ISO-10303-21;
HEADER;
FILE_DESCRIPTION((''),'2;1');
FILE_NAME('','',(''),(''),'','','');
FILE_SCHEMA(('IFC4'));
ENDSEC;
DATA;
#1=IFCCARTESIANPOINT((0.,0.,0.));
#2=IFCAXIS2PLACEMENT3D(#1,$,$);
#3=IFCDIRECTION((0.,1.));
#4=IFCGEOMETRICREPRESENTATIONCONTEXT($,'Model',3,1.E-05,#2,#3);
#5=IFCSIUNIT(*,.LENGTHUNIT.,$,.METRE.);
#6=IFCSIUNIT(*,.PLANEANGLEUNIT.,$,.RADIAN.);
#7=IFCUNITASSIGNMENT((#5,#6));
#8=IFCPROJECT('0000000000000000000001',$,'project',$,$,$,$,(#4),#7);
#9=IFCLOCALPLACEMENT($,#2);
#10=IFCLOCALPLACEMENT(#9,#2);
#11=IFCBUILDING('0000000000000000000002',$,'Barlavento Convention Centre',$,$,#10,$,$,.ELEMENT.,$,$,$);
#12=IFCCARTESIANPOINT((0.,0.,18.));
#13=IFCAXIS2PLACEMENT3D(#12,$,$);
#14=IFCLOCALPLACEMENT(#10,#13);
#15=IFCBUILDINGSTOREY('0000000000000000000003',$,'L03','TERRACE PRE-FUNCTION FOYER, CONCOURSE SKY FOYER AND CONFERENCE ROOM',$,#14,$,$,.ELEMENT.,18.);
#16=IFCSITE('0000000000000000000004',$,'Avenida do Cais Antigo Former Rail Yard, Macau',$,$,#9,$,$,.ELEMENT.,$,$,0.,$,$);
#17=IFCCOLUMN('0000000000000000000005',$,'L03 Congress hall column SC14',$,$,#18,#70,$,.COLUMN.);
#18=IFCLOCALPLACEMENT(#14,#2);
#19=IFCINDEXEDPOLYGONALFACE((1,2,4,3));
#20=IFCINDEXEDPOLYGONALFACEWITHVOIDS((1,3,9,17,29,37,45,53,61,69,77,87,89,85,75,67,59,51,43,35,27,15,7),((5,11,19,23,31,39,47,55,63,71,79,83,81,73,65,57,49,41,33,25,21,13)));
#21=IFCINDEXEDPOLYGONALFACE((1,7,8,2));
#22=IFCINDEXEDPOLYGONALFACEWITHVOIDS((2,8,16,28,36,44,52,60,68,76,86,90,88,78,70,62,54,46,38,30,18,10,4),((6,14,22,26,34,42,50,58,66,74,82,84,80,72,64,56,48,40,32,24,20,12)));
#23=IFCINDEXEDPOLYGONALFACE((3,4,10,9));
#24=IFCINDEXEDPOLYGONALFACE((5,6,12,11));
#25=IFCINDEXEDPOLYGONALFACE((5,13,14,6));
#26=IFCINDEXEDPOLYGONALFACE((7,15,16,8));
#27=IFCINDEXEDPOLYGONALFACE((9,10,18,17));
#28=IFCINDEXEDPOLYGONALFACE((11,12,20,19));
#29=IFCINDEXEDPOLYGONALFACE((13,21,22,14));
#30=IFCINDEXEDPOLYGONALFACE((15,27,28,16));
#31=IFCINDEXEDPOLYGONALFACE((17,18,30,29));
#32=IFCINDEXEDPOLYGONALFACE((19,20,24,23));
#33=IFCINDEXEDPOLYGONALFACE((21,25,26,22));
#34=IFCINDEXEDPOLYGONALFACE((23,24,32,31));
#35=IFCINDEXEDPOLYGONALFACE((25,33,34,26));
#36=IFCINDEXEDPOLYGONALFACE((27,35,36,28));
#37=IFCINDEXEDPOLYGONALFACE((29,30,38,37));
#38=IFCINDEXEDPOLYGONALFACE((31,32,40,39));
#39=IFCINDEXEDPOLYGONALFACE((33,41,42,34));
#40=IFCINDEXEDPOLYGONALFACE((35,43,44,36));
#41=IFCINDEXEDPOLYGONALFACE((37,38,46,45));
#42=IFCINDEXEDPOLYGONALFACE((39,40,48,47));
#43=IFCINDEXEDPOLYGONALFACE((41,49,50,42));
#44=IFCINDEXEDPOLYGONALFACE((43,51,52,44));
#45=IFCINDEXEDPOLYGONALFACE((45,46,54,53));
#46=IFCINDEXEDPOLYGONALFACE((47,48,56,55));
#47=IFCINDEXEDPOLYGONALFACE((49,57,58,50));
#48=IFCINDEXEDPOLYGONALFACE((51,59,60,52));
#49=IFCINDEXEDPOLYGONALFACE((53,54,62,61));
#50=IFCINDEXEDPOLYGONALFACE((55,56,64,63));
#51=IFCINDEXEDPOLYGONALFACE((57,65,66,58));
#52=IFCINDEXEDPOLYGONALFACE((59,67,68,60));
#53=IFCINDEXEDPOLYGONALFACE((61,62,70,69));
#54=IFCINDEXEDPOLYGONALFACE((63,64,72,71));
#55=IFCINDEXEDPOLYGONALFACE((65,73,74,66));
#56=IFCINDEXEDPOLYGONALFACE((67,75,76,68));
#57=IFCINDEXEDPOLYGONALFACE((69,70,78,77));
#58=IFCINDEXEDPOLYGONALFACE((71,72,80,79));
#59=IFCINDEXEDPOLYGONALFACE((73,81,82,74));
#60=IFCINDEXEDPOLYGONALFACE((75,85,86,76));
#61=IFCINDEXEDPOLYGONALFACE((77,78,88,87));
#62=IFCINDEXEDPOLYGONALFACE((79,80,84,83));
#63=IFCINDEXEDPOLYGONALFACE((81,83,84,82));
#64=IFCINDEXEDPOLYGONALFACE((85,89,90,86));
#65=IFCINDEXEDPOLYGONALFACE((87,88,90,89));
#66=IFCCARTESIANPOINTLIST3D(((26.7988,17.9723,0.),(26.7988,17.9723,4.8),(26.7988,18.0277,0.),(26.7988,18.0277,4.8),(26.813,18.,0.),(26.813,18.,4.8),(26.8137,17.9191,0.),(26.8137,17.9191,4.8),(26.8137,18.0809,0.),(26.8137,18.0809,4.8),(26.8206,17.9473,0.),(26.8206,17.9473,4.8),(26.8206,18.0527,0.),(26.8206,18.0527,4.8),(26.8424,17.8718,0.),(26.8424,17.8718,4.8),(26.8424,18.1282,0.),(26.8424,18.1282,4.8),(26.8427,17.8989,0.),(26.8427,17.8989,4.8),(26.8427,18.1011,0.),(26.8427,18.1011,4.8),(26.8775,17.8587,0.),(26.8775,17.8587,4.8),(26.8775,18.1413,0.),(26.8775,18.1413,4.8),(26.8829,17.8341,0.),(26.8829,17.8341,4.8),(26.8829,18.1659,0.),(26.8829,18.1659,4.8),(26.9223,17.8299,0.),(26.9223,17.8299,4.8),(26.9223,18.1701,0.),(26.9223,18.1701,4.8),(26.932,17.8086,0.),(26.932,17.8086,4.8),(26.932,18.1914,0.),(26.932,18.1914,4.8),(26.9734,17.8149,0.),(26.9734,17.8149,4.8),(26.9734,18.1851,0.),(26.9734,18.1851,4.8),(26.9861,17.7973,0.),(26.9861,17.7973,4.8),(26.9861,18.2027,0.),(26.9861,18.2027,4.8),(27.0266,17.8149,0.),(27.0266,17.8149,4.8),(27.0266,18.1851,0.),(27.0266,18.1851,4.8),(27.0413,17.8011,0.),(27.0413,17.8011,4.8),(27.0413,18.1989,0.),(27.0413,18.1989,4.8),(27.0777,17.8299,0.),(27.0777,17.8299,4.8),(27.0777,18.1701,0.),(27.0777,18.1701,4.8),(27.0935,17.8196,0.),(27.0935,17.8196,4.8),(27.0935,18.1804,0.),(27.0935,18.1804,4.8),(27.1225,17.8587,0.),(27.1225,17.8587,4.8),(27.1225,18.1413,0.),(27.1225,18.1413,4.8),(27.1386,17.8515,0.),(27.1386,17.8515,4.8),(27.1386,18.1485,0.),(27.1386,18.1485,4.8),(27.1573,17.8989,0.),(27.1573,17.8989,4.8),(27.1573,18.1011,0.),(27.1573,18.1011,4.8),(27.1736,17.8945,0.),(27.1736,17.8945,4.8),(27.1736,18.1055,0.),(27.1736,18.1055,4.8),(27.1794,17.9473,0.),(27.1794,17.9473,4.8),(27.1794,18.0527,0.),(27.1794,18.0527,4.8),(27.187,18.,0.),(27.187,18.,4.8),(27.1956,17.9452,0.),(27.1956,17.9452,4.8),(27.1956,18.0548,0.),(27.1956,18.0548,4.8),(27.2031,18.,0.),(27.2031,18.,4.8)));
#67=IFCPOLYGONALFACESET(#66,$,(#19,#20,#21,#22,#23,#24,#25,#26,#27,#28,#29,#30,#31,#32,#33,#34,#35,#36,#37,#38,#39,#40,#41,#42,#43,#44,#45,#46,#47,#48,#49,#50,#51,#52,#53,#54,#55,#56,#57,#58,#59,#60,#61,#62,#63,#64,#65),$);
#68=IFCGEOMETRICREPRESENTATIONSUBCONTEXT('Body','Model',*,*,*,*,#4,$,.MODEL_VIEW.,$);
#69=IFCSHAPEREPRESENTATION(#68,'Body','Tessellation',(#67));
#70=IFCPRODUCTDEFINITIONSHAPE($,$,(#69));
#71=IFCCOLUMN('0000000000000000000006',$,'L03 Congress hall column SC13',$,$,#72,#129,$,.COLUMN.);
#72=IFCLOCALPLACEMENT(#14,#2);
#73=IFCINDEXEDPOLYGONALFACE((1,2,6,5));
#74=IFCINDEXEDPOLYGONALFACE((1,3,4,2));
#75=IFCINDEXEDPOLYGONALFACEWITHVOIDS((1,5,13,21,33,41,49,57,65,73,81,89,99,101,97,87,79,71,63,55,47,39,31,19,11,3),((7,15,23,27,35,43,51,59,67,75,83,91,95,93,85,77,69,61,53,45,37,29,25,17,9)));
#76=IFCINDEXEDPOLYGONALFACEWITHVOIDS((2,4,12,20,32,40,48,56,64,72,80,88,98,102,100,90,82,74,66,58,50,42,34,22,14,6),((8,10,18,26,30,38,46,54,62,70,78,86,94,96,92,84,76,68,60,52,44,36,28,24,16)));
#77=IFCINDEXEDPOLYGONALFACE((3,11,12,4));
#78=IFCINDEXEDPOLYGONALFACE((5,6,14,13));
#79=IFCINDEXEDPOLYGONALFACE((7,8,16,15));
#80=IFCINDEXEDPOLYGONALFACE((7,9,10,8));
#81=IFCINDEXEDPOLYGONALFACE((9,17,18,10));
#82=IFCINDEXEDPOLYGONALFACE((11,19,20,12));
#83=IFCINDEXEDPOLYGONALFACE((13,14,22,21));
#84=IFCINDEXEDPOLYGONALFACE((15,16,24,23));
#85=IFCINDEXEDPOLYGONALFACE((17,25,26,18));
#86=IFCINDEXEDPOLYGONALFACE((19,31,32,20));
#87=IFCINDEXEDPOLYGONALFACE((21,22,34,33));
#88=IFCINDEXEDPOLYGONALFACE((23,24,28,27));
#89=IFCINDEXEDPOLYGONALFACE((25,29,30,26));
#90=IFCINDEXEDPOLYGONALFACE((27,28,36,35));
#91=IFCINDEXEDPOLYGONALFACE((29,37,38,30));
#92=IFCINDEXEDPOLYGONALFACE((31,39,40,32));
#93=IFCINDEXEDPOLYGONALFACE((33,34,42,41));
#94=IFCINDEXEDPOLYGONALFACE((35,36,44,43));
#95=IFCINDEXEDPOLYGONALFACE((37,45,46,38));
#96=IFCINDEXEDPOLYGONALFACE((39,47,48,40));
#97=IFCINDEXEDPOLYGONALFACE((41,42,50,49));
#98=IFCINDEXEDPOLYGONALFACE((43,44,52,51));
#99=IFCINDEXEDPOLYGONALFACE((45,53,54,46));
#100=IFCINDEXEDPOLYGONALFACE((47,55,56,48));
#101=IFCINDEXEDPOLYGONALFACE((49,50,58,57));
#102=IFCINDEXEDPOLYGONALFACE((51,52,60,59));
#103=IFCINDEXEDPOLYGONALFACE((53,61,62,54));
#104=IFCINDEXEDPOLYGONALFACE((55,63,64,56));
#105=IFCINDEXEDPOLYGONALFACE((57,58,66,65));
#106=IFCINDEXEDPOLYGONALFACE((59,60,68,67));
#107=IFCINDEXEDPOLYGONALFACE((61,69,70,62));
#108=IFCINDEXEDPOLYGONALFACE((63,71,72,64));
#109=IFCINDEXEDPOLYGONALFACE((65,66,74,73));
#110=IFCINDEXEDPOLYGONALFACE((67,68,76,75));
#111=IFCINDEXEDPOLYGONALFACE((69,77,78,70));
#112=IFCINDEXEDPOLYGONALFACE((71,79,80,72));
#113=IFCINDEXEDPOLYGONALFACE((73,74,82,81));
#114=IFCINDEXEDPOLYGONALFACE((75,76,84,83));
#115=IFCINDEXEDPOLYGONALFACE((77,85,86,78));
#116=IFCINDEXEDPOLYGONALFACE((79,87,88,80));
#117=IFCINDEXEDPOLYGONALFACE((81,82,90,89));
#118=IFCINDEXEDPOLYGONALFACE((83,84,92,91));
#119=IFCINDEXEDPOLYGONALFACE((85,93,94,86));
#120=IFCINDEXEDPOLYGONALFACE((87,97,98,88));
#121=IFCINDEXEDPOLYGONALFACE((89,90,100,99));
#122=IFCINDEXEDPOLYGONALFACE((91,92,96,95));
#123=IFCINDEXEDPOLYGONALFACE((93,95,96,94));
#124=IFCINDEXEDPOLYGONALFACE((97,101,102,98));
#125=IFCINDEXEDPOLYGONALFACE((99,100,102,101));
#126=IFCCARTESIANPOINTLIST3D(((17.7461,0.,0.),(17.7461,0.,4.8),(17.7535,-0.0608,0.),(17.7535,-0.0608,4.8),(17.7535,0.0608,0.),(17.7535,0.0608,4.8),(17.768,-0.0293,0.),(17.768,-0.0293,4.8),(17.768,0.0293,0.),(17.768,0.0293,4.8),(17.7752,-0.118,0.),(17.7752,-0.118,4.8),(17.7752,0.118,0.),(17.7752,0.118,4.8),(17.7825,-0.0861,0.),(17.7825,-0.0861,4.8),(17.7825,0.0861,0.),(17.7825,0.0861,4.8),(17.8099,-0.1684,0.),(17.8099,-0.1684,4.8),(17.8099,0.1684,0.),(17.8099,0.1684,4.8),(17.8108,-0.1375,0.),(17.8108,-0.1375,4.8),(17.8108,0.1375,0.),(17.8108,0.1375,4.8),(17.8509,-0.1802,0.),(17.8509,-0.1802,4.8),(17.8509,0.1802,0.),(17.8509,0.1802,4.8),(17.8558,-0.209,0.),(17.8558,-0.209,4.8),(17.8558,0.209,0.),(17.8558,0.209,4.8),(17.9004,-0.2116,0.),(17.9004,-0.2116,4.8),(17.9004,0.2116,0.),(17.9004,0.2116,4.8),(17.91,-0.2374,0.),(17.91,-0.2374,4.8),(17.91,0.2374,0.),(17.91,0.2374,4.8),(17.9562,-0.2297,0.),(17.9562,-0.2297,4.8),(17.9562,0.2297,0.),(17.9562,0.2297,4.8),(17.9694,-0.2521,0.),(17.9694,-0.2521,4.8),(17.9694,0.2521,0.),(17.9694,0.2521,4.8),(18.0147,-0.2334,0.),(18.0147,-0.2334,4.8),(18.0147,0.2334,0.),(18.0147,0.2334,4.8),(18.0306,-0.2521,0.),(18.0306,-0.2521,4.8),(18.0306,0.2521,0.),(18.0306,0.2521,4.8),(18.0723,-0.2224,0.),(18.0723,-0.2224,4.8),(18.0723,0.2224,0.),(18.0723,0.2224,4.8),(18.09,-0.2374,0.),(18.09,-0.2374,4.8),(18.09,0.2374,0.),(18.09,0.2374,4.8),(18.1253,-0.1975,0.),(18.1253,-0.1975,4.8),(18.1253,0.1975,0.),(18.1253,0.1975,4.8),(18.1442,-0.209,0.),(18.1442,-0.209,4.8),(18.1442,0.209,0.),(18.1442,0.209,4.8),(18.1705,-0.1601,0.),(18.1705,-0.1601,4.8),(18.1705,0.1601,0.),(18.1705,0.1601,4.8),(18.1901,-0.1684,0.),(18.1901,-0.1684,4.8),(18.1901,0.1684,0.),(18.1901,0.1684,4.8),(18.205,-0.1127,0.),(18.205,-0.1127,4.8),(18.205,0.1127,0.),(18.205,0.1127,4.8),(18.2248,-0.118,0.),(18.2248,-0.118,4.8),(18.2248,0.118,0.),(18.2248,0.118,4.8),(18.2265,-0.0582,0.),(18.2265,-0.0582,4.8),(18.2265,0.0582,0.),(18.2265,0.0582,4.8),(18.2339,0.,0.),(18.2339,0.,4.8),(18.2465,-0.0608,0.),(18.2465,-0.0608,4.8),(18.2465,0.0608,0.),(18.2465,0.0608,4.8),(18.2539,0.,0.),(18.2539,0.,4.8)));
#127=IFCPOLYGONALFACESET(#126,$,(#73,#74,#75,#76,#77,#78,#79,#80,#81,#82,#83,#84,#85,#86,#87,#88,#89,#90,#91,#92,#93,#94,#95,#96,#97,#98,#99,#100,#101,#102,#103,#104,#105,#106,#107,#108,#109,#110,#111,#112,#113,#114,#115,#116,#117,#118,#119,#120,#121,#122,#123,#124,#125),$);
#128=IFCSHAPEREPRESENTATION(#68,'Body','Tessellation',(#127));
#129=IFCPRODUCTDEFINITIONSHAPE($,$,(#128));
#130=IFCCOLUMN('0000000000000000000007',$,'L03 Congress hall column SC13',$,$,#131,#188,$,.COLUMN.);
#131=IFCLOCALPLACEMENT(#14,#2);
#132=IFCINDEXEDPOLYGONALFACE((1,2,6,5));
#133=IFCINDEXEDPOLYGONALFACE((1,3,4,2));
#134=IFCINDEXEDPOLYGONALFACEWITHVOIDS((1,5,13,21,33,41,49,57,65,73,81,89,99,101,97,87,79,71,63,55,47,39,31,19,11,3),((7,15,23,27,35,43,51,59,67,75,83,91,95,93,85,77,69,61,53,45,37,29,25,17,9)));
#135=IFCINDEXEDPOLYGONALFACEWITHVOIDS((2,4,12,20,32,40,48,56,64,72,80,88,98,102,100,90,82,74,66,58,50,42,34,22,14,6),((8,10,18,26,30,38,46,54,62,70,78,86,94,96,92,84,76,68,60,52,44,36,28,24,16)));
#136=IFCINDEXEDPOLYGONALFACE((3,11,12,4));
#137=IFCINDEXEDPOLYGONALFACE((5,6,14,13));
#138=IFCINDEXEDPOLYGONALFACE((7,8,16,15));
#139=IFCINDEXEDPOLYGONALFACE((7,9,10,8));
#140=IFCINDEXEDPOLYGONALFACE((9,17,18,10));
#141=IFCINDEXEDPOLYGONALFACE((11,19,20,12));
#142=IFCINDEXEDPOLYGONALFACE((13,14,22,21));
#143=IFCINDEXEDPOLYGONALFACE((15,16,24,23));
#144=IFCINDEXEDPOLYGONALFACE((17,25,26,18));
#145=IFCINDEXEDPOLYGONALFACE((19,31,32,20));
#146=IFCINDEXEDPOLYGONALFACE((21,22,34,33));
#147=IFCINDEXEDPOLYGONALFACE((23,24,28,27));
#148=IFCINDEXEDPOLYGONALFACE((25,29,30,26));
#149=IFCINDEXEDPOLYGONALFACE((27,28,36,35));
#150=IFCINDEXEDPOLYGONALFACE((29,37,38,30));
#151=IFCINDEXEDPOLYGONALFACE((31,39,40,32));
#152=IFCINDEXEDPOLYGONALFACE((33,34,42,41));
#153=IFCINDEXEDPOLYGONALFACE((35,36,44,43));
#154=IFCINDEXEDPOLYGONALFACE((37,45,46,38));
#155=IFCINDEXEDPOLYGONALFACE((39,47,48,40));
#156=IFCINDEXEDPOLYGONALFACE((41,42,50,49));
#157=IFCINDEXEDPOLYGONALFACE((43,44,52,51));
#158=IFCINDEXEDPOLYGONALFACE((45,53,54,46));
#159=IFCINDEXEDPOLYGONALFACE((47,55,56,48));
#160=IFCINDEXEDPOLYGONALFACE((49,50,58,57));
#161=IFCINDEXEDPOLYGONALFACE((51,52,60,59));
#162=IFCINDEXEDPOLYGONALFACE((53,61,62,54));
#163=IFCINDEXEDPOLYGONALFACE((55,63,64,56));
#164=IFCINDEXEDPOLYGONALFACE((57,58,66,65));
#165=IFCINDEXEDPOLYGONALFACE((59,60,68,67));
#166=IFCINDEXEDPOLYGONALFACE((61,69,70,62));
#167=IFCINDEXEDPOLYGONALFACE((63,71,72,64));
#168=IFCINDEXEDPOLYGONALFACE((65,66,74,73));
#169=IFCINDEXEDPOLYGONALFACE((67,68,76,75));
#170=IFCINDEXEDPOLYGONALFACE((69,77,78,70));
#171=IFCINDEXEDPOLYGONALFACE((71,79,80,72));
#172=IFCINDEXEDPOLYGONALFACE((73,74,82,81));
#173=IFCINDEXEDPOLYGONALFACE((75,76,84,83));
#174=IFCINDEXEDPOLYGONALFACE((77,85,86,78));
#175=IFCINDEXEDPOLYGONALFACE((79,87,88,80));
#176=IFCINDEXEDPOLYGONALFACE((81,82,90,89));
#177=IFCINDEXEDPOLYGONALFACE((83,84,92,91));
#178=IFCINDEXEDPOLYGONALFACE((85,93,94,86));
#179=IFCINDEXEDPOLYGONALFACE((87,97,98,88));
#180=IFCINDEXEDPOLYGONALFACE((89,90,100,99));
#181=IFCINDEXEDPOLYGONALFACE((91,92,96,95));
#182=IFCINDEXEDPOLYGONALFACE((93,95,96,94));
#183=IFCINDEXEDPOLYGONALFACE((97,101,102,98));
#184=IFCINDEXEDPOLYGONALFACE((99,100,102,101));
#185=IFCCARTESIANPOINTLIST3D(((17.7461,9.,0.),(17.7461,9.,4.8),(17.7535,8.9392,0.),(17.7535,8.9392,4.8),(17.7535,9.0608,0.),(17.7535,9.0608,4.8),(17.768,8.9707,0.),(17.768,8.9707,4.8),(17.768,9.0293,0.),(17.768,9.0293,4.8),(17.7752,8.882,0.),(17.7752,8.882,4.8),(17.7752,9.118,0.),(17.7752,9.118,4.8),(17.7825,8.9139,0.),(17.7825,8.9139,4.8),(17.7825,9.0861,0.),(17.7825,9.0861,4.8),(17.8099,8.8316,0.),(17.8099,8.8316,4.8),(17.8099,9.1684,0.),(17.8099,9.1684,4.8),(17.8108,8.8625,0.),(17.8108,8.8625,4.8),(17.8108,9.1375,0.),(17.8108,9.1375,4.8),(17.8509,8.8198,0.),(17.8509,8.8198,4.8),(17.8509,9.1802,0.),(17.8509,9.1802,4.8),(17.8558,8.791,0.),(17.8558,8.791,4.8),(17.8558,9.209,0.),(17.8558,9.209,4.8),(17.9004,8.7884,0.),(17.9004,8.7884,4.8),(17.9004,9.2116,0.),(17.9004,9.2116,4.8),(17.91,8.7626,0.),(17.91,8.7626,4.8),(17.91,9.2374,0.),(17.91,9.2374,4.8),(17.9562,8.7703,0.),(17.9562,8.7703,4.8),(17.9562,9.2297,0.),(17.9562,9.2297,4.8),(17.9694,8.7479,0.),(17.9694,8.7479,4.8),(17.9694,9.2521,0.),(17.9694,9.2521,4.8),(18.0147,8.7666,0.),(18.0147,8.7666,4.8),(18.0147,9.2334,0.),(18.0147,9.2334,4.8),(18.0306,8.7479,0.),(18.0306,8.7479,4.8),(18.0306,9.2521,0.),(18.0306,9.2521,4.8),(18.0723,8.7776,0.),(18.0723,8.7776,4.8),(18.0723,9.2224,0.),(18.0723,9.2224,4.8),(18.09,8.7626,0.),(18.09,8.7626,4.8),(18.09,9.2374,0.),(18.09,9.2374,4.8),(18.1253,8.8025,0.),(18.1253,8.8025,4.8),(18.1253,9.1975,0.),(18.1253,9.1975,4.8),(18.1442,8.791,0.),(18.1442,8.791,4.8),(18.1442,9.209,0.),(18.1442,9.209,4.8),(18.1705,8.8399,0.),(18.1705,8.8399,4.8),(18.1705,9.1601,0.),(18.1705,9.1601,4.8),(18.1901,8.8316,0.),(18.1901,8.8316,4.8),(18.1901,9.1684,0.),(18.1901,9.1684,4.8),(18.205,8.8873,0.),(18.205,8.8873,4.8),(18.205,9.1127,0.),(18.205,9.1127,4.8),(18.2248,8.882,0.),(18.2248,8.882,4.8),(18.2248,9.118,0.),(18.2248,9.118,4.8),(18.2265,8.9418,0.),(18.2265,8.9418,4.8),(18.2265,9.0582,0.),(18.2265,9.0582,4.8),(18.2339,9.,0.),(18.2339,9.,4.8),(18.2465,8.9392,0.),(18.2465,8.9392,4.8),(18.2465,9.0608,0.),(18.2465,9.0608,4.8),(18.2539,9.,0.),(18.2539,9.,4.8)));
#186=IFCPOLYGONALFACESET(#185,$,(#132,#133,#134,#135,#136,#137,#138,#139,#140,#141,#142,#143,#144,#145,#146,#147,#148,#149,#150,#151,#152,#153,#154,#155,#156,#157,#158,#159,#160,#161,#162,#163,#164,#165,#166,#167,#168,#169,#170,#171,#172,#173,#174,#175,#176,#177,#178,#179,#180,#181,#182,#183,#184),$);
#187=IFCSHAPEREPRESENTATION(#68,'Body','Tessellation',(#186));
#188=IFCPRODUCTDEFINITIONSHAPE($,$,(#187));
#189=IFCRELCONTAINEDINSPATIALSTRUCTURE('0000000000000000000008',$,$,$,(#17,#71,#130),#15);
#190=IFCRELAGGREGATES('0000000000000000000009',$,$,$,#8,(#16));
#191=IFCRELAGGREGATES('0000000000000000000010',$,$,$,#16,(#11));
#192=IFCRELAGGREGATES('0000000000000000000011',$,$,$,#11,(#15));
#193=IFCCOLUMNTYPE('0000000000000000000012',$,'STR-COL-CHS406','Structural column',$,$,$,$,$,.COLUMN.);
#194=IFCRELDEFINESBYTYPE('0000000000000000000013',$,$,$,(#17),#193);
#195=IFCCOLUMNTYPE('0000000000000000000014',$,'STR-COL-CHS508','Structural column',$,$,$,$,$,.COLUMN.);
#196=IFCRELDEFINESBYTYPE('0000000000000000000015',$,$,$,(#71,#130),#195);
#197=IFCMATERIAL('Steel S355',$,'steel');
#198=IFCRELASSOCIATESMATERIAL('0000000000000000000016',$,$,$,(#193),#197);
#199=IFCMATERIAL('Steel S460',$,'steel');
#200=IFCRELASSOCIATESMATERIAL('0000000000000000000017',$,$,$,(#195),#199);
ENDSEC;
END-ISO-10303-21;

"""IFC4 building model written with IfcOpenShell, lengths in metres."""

from ifc_helpers import new_model, si_unit, direction, frame, origin, origin_2d, place, context, subcontext, project, spatial, hollow_circle, extrude, material, material_profile, profile_set, type_object, element, save


model = new_model("IFC4")

# Units and contexts
model_context = context("Model", 3, precision=1e-05, world=origin(), true_north=direction((0.0, 1.0)))
body_context = subcontext(model_context, "Body", "Model", "MODEL_VIEW")
ifc_project = project(units=[si_unit("LENGTHUNIT", "METRE"), si_unit("PLANEANGLEUNIT", "RADIAN")], contexts=[model_context])

# Site, building, storey
site_placement = place(None, origin())
site = spatial("IfcSite", under=ifc_project, at=site_placement, Name="Avenida do Cais Antigo Former Rail Yard, Macau", CompositionType="ELEMENT", RefElevation=0.0)
building_placement = place(site_placement, origin())
building = spatial("IfcBuilding", under=site, at=building_placement, Name="Barlavento Convention Centre", CompositionType="ELEMENT")
storey_placement = place(building_placement, frame((0.0, 0.0, 18.0)))
storey = spatial("IfcBuildingStorey", under=building, at=storey_placement, Name="L03", Description="TERRACE PRE-FUNCTION FOYER, CONCOURSE SKY FOYER AND CONFERENCE ROOM", CompositionType="ELEMENT", Elevation=18.0)

# Columns
ifc_material_1 = material(Name="Steel S355", Category="steel")
ifc_material_profile_1 = material_profile(ifc_material_1, hollow_circle(Radius=0.2031, WallThickness=0.0161, at=origin_2d()), Name="CHS 406.4x16.0")
ifc_profile_set_1 = profile_set([ifc_material_profile_1], Name="Steel S355")
column_type_1 = type_object("IfcColumnType", Name="STR-COL-CHS406", Description="Structural column", PredefinedType="COLUMN", material=ifc_profile_set_1)
column_1_placement = place(storey_placement, frame((27.0, 18.0, 0.0), z_axis=(0.0, 0.0, 1.0), x_axis=(1.0, 0.0, 0.0)))
element("IfcColumn", 1, at=column_1_placement, inside=storey, type_object=column_type_1, Name="L03 Congress hall column SC14", PredefinedType="COLUMN", context=body_context, shape_type="SweptSolid", body=[
    extrude(hollow_circle(Radius=0.2031, WallThickness=0.0161, at=origin_2d()), origin(), (0.0, 0.0, 1.0), 4.8),
])
ifc_material_2 = material(Name="Steel S460", Category="steel")
ifc_material_profile_2 = material_profile(ifc_material_2, hollow_circle(Radius=0.2539, WallThickness=0.02, at=origin_2d()), Name="CHS 508.0x20.0")
ifc_profile_set_2 = profile_set([ifc_material_profile_2], Name="Steel S460")
column_type_2 = type_object("IfcColumnType", Name="STR-COL-CHS508", Description="Structural column", PredefinedType="COLUMN", material=ifc_profile_set_2)
for number, where, z_axis, x_axis, name in (
    (2, (18.0, 0.0, 0.0), (0.0, 0.0, 1.0), (1.0, 0.0, 0.0), "L03 Congress hall column SC13"),
    (3, (18.0, 9.0, 0.0), (0.0, 0.0, 1.0), (1.0, 0.0, 0.0), "L03 Congress hall column SC13"),
):
    element("IfcColumn", number, at=place(storey_placement, frame(where, z_axis=z_axis, x_axis=x_axis)), inside=storey, type_object=column_type_2, Name=name, PredefinedType="COLUMN", context=body_context, shape_type="SweptSolid", body=[
        extrude(hollow_circle(Radius=0.2539, WallThickness=0.02, at=origin_2d()), origin(), (0.0, 0.0, 1.0), 4.8),
    ])

save(model, "model.ifc")
